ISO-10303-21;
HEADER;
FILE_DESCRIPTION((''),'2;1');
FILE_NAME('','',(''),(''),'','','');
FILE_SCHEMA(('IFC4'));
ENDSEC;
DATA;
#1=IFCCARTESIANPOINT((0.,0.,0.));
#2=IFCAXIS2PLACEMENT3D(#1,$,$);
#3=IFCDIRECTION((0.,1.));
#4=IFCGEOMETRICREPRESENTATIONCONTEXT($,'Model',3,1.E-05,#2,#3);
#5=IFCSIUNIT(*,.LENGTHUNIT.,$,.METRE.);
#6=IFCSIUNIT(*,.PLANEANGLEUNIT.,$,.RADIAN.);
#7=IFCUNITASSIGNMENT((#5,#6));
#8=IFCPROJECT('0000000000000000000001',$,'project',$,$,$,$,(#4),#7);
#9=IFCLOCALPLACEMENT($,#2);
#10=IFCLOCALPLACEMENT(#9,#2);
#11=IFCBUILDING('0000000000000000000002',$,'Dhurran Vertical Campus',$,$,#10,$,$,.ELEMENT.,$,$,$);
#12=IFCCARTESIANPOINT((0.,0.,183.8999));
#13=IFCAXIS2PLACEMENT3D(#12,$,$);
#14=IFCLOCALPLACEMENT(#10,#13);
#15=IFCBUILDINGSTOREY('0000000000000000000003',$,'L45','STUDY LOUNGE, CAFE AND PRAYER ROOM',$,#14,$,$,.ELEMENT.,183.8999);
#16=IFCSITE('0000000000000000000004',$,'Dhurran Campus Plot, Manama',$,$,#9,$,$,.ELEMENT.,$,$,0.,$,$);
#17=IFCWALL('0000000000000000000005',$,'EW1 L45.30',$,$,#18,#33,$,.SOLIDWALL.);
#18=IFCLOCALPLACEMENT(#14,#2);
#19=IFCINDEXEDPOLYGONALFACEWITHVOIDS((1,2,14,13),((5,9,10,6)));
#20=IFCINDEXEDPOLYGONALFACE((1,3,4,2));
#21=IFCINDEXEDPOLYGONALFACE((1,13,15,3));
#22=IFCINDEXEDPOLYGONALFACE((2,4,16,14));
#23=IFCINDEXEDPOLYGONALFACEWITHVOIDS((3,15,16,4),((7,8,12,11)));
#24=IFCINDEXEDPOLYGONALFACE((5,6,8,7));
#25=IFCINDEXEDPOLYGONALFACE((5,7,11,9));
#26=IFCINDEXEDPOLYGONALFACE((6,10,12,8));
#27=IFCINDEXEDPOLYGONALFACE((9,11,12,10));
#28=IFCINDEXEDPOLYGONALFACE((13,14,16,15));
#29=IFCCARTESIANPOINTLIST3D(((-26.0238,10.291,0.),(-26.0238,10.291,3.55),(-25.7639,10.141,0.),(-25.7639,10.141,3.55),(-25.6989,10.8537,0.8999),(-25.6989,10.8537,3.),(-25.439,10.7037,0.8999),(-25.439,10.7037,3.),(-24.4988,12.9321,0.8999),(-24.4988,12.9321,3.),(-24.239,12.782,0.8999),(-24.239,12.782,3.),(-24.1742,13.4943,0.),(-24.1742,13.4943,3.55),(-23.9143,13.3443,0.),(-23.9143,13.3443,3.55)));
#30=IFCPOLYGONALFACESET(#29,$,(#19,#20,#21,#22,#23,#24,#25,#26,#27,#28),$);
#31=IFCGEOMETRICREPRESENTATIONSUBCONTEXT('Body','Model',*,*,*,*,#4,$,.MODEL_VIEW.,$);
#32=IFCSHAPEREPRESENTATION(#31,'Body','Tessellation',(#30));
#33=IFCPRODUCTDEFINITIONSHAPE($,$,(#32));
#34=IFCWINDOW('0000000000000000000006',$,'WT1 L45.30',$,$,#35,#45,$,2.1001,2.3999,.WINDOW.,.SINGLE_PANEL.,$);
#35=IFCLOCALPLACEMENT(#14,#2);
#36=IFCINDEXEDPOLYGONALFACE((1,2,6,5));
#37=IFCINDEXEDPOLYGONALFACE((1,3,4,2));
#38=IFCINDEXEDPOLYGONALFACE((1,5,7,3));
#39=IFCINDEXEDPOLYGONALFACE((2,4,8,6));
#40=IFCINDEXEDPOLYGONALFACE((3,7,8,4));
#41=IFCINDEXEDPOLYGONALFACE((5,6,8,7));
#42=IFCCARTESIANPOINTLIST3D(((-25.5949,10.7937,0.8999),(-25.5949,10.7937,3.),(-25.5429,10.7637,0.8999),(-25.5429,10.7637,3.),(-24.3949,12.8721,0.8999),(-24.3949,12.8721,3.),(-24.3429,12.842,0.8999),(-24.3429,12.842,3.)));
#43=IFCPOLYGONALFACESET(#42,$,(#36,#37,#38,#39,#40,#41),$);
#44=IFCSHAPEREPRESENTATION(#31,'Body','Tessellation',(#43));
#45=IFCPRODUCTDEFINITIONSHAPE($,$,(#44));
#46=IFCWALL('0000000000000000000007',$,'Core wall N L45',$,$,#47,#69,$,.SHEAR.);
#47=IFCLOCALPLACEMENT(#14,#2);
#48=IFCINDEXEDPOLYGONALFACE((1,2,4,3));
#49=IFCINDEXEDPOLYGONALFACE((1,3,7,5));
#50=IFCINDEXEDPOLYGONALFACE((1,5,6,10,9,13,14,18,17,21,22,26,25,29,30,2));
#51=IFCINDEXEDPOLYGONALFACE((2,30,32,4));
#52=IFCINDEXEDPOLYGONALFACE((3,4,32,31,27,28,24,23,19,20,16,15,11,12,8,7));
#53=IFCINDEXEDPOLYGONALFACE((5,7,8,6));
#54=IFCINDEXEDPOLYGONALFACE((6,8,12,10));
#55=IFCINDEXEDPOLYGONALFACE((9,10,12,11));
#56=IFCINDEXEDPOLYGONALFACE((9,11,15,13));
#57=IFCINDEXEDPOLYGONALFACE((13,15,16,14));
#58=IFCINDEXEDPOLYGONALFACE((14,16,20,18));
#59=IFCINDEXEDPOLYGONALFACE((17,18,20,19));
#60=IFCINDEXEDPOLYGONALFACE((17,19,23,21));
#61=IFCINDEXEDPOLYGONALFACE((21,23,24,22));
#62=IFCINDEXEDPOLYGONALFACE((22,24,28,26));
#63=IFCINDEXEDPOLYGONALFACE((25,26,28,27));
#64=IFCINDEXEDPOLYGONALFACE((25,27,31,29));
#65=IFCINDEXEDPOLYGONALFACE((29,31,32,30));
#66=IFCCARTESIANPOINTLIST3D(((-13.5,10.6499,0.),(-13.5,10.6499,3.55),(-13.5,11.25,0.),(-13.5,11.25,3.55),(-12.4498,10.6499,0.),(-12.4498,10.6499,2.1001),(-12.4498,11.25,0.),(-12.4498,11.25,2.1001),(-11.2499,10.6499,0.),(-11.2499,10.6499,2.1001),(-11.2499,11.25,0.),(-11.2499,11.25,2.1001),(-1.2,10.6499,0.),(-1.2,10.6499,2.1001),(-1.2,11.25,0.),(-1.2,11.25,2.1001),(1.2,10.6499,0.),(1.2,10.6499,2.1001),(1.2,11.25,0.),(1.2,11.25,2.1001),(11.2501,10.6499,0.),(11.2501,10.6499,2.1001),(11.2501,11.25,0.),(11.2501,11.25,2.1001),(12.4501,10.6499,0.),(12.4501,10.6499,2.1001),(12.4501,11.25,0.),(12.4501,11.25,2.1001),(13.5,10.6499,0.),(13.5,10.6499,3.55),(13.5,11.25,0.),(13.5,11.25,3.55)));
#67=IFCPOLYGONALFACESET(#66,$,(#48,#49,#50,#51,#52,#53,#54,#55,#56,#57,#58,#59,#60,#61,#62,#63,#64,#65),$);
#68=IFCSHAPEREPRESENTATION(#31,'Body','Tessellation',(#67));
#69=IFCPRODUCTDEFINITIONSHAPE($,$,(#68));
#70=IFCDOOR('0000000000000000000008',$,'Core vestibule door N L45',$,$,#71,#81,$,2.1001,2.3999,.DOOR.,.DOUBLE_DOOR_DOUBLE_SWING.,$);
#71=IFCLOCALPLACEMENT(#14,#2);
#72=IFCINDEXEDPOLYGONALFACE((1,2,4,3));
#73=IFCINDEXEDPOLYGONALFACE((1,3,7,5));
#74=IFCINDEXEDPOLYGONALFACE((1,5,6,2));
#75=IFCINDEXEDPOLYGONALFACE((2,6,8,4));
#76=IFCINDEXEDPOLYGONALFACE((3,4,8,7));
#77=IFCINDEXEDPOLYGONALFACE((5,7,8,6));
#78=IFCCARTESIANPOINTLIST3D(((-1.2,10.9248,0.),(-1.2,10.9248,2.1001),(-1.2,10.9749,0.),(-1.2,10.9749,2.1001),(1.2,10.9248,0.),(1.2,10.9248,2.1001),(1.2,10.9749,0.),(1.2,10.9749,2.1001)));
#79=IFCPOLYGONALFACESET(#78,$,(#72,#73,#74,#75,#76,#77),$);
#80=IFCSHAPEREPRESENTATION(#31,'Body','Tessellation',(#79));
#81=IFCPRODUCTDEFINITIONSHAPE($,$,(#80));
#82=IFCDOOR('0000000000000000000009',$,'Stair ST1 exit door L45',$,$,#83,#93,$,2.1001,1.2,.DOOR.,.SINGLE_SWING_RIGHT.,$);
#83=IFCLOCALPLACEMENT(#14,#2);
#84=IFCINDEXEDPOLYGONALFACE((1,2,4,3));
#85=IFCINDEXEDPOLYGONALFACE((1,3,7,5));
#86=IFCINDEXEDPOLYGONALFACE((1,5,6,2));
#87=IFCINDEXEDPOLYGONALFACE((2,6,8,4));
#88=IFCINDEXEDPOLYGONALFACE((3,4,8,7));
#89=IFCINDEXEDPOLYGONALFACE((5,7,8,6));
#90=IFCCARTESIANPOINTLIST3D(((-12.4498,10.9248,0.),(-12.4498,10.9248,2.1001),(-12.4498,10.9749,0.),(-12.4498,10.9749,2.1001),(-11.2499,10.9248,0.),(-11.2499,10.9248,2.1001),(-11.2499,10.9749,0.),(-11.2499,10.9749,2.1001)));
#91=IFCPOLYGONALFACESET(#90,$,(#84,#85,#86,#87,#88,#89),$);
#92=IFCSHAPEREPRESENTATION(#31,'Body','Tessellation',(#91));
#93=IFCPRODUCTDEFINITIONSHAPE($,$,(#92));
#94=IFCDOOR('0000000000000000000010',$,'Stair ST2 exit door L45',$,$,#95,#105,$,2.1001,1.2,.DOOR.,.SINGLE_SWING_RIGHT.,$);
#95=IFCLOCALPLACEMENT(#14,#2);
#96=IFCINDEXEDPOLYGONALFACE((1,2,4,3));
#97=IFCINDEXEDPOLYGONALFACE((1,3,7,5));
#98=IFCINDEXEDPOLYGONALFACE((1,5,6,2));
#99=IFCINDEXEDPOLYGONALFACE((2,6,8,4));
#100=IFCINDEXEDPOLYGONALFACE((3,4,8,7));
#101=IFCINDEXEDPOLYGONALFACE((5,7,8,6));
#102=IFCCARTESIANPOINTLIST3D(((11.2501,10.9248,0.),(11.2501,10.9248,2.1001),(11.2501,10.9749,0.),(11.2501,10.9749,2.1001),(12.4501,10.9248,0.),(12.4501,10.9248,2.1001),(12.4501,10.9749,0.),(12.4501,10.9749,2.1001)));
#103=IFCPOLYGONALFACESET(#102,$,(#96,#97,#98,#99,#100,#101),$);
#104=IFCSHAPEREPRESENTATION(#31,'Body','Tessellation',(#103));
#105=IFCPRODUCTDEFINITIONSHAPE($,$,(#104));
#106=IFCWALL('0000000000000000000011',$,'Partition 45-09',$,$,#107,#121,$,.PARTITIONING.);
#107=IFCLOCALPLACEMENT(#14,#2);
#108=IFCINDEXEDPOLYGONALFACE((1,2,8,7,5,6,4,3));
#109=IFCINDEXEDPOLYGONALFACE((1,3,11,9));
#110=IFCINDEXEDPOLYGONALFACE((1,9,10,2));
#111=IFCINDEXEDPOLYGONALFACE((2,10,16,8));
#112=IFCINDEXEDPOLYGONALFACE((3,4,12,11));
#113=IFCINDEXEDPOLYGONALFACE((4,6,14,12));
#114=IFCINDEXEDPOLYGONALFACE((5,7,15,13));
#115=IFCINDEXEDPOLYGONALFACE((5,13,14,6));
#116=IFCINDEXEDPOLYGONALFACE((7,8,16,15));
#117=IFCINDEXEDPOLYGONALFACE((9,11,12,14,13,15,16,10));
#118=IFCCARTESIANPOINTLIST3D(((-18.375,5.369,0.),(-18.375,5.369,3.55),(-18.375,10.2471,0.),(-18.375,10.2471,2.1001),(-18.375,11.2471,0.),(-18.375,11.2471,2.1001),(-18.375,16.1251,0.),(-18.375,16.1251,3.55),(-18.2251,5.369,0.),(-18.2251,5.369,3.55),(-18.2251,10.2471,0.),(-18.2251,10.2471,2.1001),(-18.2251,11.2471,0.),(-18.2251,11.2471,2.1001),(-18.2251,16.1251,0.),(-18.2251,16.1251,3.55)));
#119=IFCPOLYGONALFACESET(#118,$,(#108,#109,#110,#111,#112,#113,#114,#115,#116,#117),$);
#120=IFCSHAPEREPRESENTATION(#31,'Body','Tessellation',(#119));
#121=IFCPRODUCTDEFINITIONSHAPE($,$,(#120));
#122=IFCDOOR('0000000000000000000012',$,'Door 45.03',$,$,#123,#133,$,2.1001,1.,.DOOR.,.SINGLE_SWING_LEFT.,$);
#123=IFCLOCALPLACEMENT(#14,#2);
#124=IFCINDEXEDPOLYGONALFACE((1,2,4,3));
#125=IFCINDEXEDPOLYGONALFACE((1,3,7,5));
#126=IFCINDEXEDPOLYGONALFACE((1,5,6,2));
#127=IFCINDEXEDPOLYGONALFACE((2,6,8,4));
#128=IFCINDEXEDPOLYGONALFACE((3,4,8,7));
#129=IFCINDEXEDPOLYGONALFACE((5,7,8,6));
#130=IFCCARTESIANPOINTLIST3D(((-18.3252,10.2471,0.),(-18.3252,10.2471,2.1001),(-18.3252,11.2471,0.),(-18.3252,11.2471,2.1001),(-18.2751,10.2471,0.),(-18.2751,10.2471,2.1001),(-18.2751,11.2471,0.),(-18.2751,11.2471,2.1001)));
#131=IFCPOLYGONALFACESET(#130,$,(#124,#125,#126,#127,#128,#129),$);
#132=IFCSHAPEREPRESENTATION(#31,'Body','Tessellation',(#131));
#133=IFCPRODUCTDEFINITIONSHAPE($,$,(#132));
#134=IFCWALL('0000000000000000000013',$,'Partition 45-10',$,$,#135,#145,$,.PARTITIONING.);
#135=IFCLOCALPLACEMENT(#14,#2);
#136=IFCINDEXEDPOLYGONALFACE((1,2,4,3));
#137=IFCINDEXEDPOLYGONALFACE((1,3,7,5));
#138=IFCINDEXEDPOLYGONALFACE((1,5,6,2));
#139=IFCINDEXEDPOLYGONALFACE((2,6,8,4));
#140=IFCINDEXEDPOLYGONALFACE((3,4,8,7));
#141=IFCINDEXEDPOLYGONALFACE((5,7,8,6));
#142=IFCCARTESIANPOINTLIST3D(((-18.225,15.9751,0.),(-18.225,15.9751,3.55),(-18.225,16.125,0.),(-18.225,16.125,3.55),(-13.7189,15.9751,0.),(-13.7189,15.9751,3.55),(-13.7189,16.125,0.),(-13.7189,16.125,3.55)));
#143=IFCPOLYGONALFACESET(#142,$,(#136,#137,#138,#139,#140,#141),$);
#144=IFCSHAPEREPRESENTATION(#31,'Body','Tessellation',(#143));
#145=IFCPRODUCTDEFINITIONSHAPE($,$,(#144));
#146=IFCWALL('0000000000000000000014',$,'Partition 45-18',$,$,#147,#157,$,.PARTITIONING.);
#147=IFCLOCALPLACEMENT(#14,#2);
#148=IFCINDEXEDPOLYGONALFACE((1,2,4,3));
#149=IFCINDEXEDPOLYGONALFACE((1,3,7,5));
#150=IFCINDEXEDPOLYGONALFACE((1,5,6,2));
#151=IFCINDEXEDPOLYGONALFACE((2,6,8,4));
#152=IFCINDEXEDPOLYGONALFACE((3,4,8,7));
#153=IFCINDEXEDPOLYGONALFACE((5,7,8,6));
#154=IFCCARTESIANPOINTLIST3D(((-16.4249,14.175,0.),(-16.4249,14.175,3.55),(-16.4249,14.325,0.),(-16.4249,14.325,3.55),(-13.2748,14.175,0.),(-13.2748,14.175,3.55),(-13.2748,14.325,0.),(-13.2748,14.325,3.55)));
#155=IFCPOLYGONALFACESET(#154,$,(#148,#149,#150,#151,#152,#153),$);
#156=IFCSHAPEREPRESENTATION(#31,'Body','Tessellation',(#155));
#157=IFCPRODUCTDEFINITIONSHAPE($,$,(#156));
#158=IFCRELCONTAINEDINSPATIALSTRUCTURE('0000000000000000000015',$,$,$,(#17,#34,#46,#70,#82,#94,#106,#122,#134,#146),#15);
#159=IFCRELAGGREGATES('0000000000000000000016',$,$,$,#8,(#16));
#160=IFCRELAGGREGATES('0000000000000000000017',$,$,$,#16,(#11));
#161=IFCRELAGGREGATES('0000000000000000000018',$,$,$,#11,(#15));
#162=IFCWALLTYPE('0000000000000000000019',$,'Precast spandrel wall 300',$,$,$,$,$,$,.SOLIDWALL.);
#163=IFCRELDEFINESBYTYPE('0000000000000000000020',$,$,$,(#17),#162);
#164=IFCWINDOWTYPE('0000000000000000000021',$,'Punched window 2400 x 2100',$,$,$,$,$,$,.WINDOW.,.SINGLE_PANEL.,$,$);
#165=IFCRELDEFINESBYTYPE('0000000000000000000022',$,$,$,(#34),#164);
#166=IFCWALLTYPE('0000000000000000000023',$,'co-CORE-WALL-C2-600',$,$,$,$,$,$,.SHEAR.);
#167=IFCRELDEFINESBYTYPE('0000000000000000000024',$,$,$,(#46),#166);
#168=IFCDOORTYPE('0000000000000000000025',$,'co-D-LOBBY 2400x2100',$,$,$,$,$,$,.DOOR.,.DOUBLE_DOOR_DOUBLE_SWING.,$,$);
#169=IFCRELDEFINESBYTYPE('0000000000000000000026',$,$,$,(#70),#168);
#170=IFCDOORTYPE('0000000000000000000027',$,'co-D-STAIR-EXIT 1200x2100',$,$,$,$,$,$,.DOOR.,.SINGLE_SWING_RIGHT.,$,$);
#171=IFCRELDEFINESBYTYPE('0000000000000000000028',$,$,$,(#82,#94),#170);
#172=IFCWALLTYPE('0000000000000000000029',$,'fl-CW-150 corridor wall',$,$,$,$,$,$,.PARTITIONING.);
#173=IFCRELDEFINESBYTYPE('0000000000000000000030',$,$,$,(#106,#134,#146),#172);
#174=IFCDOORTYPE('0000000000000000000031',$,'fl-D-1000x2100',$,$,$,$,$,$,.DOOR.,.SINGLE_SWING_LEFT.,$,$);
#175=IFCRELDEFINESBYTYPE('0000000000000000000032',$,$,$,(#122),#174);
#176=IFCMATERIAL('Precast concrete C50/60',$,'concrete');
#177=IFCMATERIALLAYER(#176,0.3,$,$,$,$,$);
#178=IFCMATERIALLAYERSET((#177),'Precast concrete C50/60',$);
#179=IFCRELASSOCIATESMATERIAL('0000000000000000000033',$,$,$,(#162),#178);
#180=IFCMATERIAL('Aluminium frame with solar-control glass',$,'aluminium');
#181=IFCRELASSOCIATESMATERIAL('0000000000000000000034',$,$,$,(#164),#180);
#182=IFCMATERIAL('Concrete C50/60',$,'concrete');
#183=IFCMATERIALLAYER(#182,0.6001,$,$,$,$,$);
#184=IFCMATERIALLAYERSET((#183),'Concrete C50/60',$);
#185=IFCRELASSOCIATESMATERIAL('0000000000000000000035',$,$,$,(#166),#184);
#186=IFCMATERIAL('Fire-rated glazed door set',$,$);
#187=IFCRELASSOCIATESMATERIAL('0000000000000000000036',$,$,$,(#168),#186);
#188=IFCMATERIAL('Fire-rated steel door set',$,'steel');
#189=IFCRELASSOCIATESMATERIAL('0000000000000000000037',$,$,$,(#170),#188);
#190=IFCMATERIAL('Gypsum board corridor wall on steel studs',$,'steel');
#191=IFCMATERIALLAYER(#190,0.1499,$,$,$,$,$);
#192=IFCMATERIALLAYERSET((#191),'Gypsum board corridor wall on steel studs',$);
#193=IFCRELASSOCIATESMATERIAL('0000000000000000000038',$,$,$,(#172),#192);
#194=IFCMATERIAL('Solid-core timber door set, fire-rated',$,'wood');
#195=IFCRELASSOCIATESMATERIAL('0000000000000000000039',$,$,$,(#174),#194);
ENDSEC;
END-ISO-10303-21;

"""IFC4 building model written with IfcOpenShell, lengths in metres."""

from ifc_helpers import new_model, si_unit, direction, frame, frame_2d, origin, place, context, subcontext, project, spatial, rectangle, extrude, material, layer, layer_set, type_object, element, fill, save


model = new_model("IFC4")

# Units and contexts
model_context = context("Model", 3, precision=1e-05, world=origin(), true_north=direction((0.0, 1.0)))
body_context = subcontext(model_context, "Body", "Model", "MODEL_VIEW")
ifc_project = project(units=[si_unit("LENGTHUNIT", "METRE"), si_unit("PLANEANGLEUNIT", "RADIAN")], contexts=[model_context])

# Site, building, storey
site_placement = place(None, origin())
site = spatial("IfcSite", under=ifc_project, at=site_placement, Name="Dhurran Campus Plot, Manama", CompositionType="ELEMENT", RefElevation=0.0)
building_placement = place(site_placement, origin())
building = spatial("IfcBuilding", under=site, at=building_placement, Name="Dhurran Vertical Campus", CompositionType="ELEMENT")
storey_placement = place(building_placement, frame((0.0, 0.0, 183.8999)))
storey = spatial("IfcBuildingStorey", under=building, at=storey_placement, Name="L45", Description="STUDY LOUNGE, CAFE AND PRAYER ROOM", CompositionType="ELEMENT", Elevation=183.8999)

# Wall, opening, window
ifc_material_1 = material(Name="Precast concrete C50/60", Category="concrete")
ifc_layer_1 = layer(ifc_material_1, 0.3)
ifc_layer_set_1 = layer_set([ifc_layer_1], Name="Precast concrete C50/60")
wall_type_1 = type_object("IfcWallType", Name="Precast spandrel wall 300", PredefinedType="SOLIDWALL", material=ifc_layer_set_1)
ifc_material_2 = material(Name="Aluminium frame with solar-control glass", Category="aluminium")
window_type = type_object("IfcWindowType", Name="Punched window 2400 x 2100", PartitioningType="SINGLE_PANEL", PredefinedType="WINDOW", material=ifc_material_2)
wall_1_placement = place(storey_placement, frame((-24.0442, 13.4194, 0.0), z_axis=(0.0, 0.0, 1.0), x_axis=(-0.500029, -0.866009, 0.0)))
wall_1 = element("IfcWall", 1, at=wall_1_placement, inside=storey, type_object=wall_type_1, Name="EW1 L45.30", PredefinedType="SOLIDWALL", context=body_context, shape_type="SweptSolid", body=[
    extrude(rectangle(XDim=3.699, YDim=0.3, at=frame_2d((1.8496, 0.0))), origin(), (0.0, 0.0, 1.0), 3.55),
])
opening_1_placement = place(wall_1_placement, frame((0.6494, 0.0, 0.8999)))
opening_1 = element("IfcOpeningElement", 2, at=opening_1_placement, cuts=wall_1, PredefinedType="OPENING", context=body_context, shape_type="SweptSolid", body=[
    extrude(rectangle(XDim=2.3999, YDim=2.1001, at=frame_2d((1.2, 1.05))), frame((0.0, 0.1599, 0.0), z_axis=(0.0, -1.0, 0.0), x_axis=(1.0, 0.0, 0.0)), (0.0, 0.0, 1.0), 0.3201),
])
window_1_placement = place(opening_1_placement, origin())
window_1 = element("IfcWindow", 3, at=window_1_placement, inside=storey, type_object=window_type, Name="WT1 L45.30", OverallHeight=2.1001, OverallWidth=2.3999, PartitioningType="SINGLE_PANEL", PredefinedType="WINDOW", context=body_context, shape_type="SweptSolid", body=[
    extrude(rectangle(XDim=2.3999, YDim=2.1001, at=frame_2d((1.2, 1.05))), frame((0.0, 0.03, 0.0), z_axis=(0.0, -1.0, 0.0), x_axis=(1.0, 0.0, 0.0)), (0.0, 0.0, 1.0), 0.0601),
])
fill(opening_1, window_1)

# Wall, openings, doors
ifc_material_3 = material(Name="Concrete C50/60", Category="concrete")
ifc_layer_2 = layer(ifc_material_3, 0.6001)
ifc_layer_set_2 = layer_set([ifc_layer_2], Name="Concrete C50/60")
wall_type_2 = type_object("IfcWallType", Name="co-CORE-WALL-C2-600", PredefinedType="SHEAR", material=ifc_layer_set_2)
wall_2_placement = place(storey_placement, frame((-13.5, 10.95, 0.0), z_axis=(0.0, 0.0, 1.0), x_axis=(1.0, 0.0, 0.0)))
wall_2 = element("IfcWall", 4, at=wall_2_placement, inside=storey, type_object=wall_type_2, Name="Core wall N L45", PredefinedType="SHEAR", context=body_context, shape_type="SweptSolid", body=[
    extrude(rectangle(XDim=27.0, YDim=0.6001, at=frame_2d((13.5, 0.0))), origin(), (0.0, 0.0, 1.0), 3.55),
])
opening_2_placement = place(wall_2_placement, frame((12.3, 0.0, 0.0)))
opening_2 = element("IfcOpeningElement", 5, at=opening_2_placement, cuts=wall_2, PredefinedType="OPENING", context=body_context, shape_type="SweptSolid", body=[
    extrude(rectangle(XDim=2.3999, YDim=2.1001, at=frame_2d((1.2, 1.05))), frame((0.0, 0.3101, 0.0), z_axis=(0.0, -1.0, 0.0), x_axis=(1.0, 0.0, 0.0)), (0.0, 0.0, 1.0), 0.6201),
])
opening_3_placement = place(wall_2_placement, frame((1.05, 0.0, 0.0)))
opening_3 = element("IfcOpeningElement", 6, at=opening_3_placement, cuts=wall_2, PredefinedType="OPENING", context=body_context, shape_type="SweptSolid", body=[
    extrude(rectangle(XDim=1.2, YDim=2.1001, at=frame_2d((0.6001, 1.05))), frame((0.0, 0.3101, 0.0), z_axis=(0.0, -1.0, 0.0), x_axis=(1.0, 0.0, 0.0)), (0.0, 0.0, 1.0), 0.6201),
])
opening_4_placement = place(wall_2_placement, frame((24.75, 0.0, 0.0)))
opening_4 = element("IfcOpeningElement", 7, at=opening_4_placement, cuts=wall_2, PredefinedType="OPENING", context=body_context, shape_type="SweptSolid", body=[
    extrude(rectangle(XDim=1.2, YDim=2.1001, at=frame_2d((0.6001, 1.05))), frame((0.0, 0.3101, 0.0), z_axis=(0.0, -1.0, 0.0), x_axis=(1.0, 0.0, 0.0)), (0.0, 0.0, 1.0), 0.6201),
])
ifc_material_4 = material(Name="Fire-rated glazed door set")
door_type_1 = type_object("IfcDoorType", Name="co-D-LOBBY 2400x2100", OperationType="DOUBLE_DOOR_DOUBLE_SWING", PredefinedType="DOOR", material=ifc_material_4)
door_1_placement = place(opening_2_placement, origin())
door_1 = element("IfcDoor", 8, at=door_1_placement, inside=storey, type_object=door_type_1, Name="Core vestibule door N L45", OperationType="DOUBLE_DOOR_DOUBLE_SWING", OverallHeight=2.1001, OverallWidth=2.3999, PredefinedType="DOOR", context=body_context, shape_type="SweptSolid", body=[
    extrude(rectangle(XDim=2.3999, YDim=2.1001, at=frame_2d((1.2, 1.05))), frame((0.0, 0.0249, 0.0), z_axis=(0.0, -1.0, 0.0), x_axis=(1.0, 0.0, 0.0)), (0.0, 0.0, 1.0), 0.05),
])
fill(opening_2, door_1)
ifc_material_5 = material(Name="Fire-rated steel door set", Category="steel")
door_type_2 = type_object("IfcDoorType", Name="co-D-STAIR-EXIT 1200x2100", OperationType="SINGLE_SWING_RIGHT", PredefinedType="DOOR", material=ifc_material_5)
door_2_placement = place(opening_3_placement, origin())
door_2 = element("IfcDoor", 9, at=door_2_placement, inside=storey, type_object=door_type_2, Name="Stair ST1 exit door L45", OperationType="SINGLE_SWING_RIGHT", OverallHeight=2.1001, OverallWidth=1.2, PredefinedType="DOOR", context=body_context, shape_type="SweptSolid", body=[
    extrude(rectangle(XDim=1.2, YDim=2.1001, at=frame_2d((0.6001, 1.05))), frame((0.0, 0.0249, 0.0), z_axis=(0.0, -1.0, 0.0), x_axis=(1.0, 0.0, 0.0)), (0.0, 0.0, 1.0), 0.05),
])
fill(opening_3, door_2)
door_3_placement = place(opening_4_placement, origin())
door_3 = element("IfcDoor", 10, at=door_3_placement, inside=storey, type_object=door_type_2, Name="Stair ST2 exit door L45", OperationType="SINGLE_SWING_RIGHT", OverallHeight=2.1001, OverallWidth=1.2, PredefinedType="DOOR", context=body_context, shape_type="SweptSolid", body=[
    extrude(rectangle(XDim=1.2, YDim=2.1001, at=frame_2d((0.6001, 1.05))), frame((0.0, 0.0249, 0.0), z_axis=(0.0, -1.0, 0.0), x_axis=(1.0, 0.0, 0.0)), (0.0, 0.0, 1.0), 0.05),
])
fill(opening_4, door_3)

# Wall, opening, door
ifc_material_6 = material(Name="Gypsum board corridor wall on steel studs", Category="steel")
ifc_layer_3 = layer(ifc_material_6, 0.1499)
ifc_layer_set_3 = layer_set([ifc_layer_3], Name="Gypsum board corridor wall on steel studs")
wall_type_3 = type_object("IfcWallType", Name="fl-CW-150 corridor wall", PredefinedType="PARTITIONING", material=ifc_layer_set_3)
wall_3_placement = place(storey_placement, frame((-18.3, 16.125, 0.0), z_axis=(0.0, 0.0, 1.0), x_axis=(0.0, -1.0, 0.0)))
wall_3 = element("IfcWall", 11, at=wall_3_placement, inside=storey, type_object=wall_type_3, Name="Partition 45-09", PredefinedType="PARTITIONING", context=body_context, shape_type="SweptSolid", body=[
    extrude(rectangle(XDim=10.7561, YDim=0.1499, at=frame_2d((5.3779, 0.0))), origin(), (0.0, 0.0, 1.0), 3.55),
])
opening_5_placement = place(wall_3_placement, frame((4.8779, 0.0, 0.0)))
opening_5 = element("IfcOpeningElement", 12, at=opening_5_placement, cuts=wall_3, PredefinedType="OPENING", context=body_context, shape_type="SweptSolid", body=[
    extrude(rectangle(XDim=1.0, YDim=2.1001, at=frame_2d((0.5, 1.05))), frame((0.0, 0.085, 0.0), z_axis=(0.0, -1.0, 0.0), x_axis=(1.0, 0.0, 0.0)), (0.0, 0.0, 1.0), 0.1699),
])
ifc_material_7 = material(Name="Solid-core timber door set, fire-rated", Category="wood")
door_type_3 = type_object("IfcDoorType", Name="fl-D-1000x2100", OperationType="SINGLE_SWING_LEFT", PredefinedType="DOOR", material=ifc_material_7)
door_4_placement = place(opening_5_placement, origin())
door_4 = element("IfcDoor", 13, at=door_4_placement, inside=storey, type_object=door_type_3, Name="Door 45.03", OperationType="SINGLE_SWING_LEFT", OverallHeight=2.1001, OverallWidth=1.0, PredefinedType="DOOR", context=body_context, shape_type="SweptSolid", body=[
    extrude(rectangle(XDim=1.0, YDim=2.1001, at=frame_2d((0.5, 1.05))), frame((0.0, 0.0249, 0.0), z_axis=(0.0, -1.0, 0.0), x_axis=(1.0, 0.0, 0.0)), (0.0, 0.0, 1.0), 0.05),
])
fill(opening_5, door_4)

# Walls
wall_4_placement = place(storey_placement, frame((-13.719, 16.05, 0.0), z_axis=(0.0, 0.0, 1.0), x_axis=(-1.0, 0.0, 0.0)))
element("IfcWall", 14, at=wall_4_placement, inside=storey, type_object=wall_type_3, Name="Partition 45-10", PredefinedType="PARTITIONING", context=body_context, shape_type="SweptSolid", body=[
    extrude(rectangle(XDim=4.5061, YDim=0.1499, at=frame_2d((2.2529, 0.0))), origin(), (0.0, 0.0, 1.0), 3.55),
])
wall_5_placement = place(storey_placement, frame((-16.425, 14.25, 0.0), z_axis=(0.0, 0.0, 1.0), x_axis=(1.0, 0.0, 0.0)))
element("IfcWall", 15, at=wall_5_placement, inside=storey, type_object=wall_type_3, Name="Partition 45-18", PredefinedType="PARTITIONING", context=body_context, shape_type="SweptSolid", body=[
    extrude(rectangle(XDim=3.1501, YDim=0.1499, at=frame_2d((1.5752, 0.0))), origin(), (0.0, 0.0, 1.0), 3.55),
])

save(model, "model.ifc")
